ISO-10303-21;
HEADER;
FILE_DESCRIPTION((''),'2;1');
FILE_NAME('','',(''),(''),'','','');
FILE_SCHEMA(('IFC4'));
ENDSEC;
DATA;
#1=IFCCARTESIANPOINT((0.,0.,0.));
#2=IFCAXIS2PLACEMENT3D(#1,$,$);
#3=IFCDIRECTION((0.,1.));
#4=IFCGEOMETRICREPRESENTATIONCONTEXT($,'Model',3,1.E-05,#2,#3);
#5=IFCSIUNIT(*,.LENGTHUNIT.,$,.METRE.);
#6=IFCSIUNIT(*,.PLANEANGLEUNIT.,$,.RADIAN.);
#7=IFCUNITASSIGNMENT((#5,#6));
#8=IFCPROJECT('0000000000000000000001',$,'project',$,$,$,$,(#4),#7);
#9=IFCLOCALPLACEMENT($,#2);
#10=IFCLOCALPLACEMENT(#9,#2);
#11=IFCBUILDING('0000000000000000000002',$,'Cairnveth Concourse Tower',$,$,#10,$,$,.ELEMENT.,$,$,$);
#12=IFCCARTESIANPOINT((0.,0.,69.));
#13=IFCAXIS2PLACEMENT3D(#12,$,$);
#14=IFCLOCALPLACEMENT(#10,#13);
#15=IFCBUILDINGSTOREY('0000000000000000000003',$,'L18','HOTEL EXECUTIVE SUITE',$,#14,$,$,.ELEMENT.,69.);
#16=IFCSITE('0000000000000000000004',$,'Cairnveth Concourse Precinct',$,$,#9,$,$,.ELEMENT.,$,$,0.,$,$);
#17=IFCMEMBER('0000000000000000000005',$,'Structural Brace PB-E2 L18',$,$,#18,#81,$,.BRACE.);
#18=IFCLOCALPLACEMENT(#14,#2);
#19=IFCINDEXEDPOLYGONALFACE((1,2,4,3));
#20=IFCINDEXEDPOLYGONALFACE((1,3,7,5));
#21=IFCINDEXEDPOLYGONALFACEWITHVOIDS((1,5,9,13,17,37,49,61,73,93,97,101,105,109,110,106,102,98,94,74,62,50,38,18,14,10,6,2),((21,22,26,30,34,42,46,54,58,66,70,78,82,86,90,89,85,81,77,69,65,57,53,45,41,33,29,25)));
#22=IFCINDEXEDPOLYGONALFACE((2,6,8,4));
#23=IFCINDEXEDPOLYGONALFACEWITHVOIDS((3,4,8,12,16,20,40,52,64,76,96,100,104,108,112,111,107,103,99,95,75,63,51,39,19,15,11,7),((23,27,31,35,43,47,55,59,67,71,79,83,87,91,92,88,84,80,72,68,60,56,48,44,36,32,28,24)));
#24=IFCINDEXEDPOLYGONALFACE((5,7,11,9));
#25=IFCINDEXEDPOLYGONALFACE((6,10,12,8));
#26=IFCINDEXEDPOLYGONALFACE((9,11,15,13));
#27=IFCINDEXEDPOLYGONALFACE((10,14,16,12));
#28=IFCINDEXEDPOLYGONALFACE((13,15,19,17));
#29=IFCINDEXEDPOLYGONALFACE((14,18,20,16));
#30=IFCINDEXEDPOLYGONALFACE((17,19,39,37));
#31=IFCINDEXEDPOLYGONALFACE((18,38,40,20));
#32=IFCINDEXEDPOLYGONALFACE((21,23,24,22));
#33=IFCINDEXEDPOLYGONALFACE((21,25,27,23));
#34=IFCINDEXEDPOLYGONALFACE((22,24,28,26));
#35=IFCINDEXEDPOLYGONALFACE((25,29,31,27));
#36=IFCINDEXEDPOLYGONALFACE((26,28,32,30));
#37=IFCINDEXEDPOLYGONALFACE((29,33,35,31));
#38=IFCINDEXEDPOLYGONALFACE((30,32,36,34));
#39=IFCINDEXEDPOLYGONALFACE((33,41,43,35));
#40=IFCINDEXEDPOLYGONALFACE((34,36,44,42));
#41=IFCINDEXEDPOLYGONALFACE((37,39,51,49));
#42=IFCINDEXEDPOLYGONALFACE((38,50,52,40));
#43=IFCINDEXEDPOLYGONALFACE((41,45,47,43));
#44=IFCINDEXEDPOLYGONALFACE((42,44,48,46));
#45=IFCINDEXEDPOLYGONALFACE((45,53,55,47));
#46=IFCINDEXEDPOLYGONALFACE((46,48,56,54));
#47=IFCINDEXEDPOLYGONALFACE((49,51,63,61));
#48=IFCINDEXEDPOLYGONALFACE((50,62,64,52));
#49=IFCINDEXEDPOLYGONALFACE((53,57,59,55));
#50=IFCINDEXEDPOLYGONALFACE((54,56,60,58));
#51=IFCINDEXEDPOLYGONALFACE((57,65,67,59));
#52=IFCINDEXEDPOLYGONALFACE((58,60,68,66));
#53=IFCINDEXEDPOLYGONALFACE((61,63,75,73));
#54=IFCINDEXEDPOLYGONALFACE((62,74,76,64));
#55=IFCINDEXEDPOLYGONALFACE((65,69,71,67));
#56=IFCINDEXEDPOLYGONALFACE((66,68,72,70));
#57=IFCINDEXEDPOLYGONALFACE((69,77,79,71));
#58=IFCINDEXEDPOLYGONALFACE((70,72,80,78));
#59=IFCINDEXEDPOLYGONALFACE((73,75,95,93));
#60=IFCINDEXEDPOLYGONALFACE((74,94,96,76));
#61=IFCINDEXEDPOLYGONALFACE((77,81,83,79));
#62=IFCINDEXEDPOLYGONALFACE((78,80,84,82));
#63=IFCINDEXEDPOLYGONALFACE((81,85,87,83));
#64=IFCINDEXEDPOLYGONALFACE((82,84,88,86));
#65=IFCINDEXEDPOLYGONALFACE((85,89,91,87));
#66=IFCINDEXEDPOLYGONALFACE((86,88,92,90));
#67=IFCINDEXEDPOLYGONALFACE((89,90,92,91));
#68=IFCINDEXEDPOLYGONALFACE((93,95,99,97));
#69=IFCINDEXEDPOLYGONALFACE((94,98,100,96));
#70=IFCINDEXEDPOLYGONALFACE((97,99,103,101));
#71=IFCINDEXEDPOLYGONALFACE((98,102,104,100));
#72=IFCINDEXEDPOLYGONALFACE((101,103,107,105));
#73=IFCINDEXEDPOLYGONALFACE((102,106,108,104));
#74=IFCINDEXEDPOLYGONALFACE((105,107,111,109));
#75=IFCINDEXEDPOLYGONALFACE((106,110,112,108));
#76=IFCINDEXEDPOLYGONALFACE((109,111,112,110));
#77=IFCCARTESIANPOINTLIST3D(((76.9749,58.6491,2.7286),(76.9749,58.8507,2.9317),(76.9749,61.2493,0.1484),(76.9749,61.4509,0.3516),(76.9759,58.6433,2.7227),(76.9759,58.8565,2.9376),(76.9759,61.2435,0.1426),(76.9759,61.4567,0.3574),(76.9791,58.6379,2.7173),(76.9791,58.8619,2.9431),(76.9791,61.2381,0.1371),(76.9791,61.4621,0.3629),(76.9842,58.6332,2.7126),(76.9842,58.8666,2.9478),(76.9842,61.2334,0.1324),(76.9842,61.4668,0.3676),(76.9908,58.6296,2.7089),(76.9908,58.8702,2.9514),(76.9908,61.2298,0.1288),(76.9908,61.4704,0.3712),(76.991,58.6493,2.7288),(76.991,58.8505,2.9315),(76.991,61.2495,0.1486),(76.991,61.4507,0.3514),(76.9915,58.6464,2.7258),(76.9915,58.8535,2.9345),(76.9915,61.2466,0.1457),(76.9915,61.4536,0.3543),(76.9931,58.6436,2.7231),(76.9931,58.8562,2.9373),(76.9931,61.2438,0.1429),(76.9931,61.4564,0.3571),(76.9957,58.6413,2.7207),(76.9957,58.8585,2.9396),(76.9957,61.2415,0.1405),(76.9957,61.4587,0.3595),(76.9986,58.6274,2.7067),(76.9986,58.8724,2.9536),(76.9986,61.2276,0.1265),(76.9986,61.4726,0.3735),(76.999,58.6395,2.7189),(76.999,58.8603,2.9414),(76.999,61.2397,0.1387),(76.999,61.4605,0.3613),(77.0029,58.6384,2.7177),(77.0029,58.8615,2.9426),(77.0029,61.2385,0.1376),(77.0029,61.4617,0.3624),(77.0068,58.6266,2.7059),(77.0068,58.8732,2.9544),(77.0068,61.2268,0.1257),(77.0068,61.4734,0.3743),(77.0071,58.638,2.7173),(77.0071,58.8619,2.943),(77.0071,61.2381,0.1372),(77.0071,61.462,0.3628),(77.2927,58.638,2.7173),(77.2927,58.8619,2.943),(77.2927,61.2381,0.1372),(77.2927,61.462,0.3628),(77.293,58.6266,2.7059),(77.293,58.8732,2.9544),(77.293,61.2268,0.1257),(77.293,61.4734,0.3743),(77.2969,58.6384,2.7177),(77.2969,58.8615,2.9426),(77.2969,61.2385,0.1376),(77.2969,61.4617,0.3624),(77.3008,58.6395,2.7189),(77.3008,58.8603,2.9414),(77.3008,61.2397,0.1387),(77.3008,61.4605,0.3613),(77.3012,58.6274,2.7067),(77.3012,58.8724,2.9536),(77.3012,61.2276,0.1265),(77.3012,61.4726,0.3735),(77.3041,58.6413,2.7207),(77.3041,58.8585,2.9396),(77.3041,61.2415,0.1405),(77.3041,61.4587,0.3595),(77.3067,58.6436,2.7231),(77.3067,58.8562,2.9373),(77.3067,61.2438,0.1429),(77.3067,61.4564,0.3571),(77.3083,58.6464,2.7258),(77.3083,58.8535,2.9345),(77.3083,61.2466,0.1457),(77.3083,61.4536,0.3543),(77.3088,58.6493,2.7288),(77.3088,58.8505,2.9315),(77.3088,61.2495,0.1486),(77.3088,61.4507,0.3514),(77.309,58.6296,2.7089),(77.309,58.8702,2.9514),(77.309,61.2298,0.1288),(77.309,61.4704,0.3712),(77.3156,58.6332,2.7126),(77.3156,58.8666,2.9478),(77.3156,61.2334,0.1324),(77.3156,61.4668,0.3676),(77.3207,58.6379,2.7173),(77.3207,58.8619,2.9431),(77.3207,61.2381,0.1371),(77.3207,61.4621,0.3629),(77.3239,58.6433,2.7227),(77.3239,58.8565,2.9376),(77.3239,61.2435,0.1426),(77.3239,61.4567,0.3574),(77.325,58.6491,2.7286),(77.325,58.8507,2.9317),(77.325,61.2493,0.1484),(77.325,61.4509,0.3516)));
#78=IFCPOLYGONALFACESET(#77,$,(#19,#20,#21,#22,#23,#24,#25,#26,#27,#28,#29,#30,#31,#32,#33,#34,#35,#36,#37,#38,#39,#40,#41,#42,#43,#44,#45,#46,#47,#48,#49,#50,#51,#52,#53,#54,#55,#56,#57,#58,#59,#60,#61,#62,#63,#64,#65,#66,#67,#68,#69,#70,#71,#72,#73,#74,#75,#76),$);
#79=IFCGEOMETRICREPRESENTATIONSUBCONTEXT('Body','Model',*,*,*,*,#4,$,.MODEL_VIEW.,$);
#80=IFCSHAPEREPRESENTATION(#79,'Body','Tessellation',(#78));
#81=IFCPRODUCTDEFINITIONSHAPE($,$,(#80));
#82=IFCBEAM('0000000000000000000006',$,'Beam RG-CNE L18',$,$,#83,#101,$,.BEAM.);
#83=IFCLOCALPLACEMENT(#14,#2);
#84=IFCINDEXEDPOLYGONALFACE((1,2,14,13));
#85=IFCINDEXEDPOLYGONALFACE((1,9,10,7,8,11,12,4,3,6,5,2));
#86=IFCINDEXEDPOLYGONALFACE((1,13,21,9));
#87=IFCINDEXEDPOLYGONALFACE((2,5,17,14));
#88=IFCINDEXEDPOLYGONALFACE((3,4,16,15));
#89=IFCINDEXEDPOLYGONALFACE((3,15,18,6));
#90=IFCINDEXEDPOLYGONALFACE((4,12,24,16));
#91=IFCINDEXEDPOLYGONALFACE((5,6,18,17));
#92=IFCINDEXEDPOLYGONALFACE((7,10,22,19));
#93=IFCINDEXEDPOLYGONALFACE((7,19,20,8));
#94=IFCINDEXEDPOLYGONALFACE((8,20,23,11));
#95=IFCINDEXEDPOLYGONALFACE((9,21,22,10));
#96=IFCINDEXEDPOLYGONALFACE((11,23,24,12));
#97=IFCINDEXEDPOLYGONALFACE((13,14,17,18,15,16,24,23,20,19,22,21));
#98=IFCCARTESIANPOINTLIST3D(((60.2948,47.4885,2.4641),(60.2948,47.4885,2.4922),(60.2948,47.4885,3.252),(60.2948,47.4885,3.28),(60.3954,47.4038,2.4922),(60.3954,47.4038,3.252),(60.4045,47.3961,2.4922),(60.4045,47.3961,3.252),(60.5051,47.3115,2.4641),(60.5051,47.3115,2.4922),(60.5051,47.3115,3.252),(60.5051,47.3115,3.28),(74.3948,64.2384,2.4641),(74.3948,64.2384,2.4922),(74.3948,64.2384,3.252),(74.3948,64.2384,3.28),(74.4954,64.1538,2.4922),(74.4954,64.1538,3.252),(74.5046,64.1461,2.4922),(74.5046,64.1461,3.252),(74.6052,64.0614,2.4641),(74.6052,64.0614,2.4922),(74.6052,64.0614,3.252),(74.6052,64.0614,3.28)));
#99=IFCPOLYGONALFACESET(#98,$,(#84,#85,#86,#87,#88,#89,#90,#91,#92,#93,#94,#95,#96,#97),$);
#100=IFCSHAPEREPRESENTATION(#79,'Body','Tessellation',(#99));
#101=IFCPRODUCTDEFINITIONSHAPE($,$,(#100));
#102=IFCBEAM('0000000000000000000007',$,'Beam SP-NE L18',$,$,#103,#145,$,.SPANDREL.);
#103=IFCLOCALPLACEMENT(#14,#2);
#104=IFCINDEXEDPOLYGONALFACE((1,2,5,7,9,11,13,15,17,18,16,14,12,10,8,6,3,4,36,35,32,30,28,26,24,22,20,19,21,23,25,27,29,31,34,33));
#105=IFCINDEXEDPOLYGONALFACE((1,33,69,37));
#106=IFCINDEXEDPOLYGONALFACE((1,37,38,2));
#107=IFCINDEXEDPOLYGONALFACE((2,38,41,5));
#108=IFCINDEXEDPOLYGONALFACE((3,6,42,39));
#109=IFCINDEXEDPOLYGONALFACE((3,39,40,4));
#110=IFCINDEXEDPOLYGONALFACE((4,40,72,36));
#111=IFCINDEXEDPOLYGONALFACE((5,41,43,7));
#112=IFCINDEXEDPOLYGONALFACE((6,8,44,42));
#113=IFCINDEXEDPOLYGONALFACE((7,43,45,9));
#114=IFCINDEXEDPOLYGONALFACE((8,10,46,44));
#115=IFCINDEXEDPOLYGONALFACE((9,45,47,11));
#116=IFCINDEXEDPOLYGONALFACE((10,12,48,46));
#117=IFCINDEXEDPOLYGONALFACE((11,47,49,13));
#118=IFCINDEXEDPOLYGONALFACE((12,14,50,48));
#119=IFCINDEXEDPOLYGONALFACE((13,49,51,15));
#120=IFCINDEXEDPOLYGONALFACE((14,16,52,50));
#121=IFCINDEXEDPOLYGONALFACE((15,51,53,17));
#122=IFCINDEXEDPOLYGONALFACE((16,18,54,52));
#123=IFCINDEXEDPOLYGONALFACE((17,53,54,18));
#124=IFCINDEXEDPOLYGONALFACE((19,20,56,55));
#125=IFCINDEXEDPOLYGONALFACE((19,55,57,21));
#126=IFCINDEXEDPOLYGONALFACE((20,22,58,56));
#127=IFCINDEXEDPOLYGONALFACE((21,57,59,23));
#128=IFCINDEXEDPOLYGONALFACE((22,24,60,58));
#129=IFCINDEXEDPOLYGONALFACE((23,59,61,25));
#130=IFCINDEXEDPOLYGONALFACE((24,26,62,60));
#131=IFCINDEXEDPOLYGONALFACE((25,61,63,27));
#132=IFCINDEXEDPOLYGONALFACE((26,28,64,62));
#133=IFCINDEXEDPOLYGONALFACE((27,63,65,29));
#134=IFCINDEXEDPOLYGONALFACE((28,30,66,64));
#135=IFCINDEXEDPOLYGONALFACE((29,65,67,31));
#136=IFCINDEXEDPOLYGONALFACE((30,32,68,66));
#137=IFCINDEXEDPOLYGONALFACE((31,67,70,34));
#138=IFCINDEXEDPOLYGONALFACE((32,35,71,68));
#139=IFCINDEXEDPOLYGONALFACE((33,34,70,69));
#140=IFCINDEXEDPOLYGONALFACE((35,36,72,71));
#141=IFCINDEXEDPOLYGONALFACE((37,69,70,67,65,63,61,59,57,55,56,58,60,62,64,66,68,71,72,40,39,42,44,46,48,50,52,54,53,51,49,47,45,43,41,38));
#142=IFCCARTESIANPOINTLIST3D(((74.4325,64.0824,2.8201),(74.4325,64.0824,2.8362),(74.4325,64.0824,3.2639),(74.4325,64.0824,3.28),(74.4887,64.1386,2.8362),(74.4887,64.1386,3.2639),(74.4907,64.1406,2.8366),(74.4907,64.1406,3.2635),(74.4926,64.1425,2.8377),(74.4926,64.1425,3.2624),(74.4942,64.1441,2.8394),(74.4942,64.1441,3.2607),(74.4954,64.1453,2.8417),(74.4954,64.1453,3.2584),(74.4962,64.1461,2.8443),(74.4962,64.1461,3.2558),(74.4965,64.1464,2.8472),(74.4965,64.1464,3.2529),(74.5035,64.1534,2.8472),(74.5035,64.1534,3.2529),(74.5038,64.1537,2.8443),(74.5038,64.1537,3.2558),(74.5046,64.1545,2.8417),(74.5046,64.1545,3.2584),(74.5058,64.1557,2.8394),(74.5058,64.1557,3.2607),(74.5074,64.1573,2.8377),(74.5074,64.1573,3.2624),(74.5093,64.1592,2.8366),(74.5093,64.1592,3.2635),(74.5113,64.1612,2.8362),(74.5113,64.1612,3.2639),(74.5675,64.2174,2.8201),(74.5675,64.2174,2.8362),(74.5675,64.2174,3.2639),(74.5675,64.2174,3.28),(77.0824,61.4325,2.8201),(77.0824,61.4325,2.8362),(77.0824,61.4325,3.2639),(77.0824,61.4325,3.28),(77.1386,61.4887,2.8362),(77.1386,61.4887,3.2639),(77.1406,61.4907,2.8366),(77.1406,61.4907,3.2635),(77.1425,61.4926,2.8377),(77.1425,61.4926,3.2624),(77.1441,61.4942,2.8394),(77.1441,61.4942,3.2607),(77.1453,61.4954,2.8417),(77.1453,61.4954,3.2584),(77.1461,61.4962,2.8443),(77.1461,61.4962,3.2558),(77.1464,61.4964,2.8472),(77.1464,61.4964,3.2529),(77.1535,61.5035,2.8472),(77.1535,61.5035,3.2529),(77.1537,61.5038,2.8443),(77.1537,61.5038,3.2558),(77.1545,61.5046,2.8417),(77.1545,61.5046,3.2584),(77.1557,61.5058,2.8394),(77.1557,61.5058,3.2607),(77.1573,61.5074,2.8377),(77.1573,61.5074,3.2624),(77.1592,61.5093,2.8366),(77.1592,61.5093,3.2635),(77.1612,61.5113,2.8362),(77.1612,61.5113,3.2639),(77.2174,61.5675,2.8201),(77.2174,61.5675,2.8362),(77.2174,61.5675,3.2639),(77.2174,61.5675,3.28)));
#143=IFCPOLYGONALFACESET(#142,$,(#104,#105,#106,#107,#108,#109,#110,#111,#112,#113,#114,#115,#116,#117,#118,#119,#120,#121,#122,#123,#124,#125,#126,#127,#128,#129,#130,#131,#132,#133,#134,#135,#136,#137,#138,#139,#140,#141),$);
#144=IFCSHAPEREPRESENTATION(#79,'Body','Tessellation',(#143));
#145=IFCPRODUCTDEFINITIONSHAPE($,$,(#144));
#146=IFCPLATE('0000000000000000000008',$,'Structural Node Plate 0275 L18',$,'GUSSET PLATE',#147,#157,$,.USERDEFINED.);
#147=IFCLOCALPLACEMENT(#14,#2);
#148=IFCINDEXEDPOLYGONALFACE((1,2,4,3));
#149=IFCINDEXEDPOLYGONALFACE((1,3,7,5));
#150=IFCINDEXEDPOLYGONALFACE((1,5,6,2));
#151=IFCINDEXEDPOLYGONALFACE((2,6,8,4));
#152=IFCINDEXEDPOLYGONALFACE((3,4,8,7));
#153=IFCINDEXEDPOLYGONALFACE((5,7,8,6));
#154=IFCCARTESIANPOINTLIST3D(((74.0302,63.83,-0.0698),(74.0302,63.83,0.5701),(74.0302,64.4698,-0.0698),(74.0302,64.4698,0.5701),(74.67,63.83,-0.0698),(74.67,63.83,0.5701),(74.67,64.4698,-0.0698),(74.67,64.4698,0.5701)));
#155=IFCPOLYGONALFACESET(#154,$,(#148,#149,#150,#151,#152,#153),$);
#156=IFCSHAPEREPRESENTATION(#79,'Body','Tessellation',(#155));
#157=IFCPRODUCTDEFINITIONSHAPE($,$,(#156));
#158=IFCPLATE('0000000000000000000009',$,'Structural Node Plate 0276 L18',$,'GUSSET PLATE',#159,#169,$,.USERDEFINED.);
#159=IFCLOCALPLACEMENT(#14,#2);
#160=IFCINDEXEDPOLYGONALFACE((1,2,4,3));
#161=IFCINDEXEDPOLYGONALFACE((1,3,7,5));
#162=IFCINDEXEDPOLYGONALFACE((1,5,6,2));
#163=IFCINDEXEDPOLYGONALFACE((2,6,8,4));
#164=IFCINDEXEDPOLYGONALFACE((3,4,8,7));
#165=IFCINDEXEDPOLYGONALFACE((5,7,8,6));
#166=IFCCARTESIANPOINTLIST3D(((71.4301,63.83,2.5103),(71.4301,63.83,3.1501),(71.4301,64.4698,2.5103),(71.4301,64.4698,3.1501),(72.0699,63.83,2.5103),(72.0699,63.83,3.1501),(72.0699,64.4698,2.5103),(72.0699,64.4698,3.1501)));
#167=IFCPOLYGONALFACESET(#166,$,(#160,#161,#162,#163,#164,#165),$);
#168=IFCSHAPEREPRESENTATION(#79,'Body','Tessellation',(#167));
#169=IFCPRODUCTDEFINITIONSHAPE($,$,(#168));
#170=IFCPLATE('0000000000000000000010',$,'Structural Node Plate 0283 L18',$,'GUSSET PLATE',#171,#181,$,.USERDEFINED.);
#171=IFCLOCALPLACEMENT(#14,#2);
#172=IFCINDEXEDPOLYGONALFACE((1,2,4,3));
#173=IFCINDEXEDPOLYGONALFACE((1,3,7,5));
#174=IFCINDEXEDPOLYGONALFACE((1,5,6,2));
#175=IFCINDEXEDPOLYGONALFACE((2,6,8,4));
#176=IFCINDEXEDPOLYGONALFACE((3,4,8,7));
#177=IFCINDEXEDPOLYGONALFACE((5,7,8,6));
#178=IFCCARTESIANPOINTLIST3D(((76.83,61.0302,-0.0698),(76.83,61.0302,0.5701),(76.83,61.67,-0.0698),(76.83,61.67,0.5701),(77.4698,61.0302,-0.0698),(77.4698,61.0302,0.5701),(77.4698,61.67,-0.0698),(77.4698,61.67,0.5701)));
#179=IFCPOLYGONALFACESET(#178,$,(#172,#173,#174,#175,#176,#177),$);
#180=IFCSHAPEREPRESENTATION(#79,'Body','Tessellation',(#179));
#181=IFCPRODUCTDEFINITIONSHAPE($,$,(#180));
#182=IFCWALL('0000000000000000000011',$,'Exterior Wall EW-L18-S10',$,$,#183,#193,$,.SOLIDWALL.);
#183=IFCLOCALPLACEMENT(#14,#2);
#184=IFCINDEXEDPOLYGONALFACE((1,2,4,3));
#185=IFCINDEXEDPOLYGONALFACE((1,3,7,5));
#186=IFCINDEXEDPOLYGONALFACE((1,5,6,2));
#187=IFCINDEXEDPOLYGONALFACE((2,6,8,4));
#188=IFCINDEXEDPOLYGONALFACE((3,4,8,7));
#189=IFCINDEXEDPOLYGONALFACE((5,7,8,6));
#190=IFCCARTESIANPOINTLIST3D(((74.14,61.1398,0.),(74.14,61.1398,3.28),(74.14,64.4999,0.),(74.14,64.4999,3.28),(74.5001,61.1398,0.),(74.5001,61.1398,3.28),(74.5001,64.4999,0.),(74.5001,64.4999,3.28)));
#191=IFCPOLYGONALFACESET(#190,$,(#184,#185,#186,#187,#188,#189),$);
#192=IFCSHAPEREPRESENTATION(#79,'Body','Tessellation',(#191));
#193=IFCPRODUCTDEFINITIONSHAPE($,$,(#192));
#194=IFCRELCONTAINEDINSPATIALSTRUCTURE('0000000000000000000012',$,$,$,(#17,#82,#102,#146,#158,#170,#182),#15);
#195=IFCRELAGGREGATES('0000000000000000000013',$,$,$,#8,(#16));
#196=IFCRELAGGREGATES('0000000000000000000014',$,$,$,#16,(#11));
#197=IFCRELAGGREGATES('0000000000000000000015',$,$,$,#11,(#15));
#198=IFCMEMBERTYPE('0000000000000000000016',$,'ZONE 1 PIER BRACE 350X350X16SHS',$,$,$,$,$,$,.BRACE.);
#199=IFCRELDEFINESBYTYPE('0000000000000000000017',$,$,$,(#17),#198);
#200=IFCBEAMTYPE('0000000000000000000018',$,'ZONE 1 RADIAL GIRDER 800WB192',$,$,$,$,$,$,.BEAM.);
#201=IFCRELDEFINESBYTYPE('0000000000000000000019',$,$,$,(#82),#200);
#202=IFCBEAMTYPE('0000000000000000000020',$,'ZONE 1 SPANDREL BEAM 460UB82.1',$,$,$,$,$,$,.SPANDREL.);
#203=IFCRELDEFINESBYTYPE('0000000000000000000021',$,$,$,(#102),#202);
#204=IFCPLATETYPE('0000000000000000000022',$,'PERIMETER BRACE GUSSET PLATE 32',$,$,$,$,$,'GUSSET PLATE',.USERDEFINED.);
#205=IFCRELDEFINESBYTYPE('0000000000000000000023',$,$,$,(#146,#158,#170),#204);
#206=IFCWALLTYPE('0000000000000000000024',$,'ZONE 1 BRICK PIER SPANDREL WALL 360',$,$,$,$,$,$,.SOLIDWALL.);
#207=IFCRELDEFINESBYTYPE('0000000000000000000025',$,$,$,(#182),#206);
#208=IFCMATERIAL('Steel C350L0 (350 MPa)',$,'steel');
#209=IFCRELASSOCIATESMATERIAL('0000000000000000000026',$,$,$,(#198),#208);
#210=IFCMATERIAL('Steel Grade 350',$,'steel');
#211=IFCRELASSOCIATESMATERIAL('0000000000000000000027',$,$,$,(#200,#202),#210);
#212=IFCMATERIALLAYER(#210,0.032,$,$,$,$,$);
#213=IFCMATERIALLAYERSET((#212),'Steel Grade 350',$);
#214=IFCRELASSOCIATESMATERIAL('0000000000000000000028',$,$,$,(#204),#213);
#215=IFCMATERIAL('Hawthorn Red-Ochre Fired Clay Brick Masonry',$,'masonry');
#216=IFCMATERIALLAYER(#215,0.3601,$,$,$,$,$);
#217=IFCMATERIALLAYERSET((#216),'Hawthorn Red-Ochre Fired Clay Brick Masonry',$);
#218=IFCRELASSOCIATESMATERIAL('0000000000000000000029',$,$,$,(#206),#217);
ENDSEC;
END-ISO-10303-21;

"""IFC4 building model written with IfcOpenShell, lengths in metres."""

from ifc_helpers import new_model, si_unit, direction, frame, frame_2d, origin, origin_2d, place, context, subcontext, project, spatial, rectangle, hollow_rectangle, i_section, extrude, material, layer, layer_set, material_profile, profile_set, type_object, element, save


model = new_model("IFC4")

# Units and contexts
model_context = context("Model", 3, precision=1e-05, world=origin(), true_north=direction((0.0, 1.0)))
body_context = subcontext(model_context, "Body", "Model", "MODEL_VIEW")
ifc_project = project(units=[si_unit("LENGTHUNIT", "METRE"), si_unit("PLANEANGLEUNIT", "RADIAN")], contexts=[model_context])

# Site, building, storey
site_placement = place(None, origin())
site = spatial("IfcSite", under=ifc_project, at=site_placement, Name="Cairnveth Concourse Precinct", CompositionType="ELEMENT", RefElevation=0.0)
building_placement = place(site_placement, origin())
building = spatial("IfcBuilding", under=site, at=building_placement, Name="Cairnveth Concourse Tower", CompositionType="ELEMENT")
storey_placement = place(building_placement, frame((0.0, 0.0, 69.0)))
storey = spatial("IfcBuildingStorey", under=building, at=storey_placement, Name="L18", Description="HOTEL EXECUTIVE SUITE", CompositionType="ELEMENT", Elevation=69.0)

# Shared definitions
ifc_material_1 = material(Name="Steel Grade 350", Category="steel")

# Member
ifc_material_2 = material(Name="Steel C350L0 (350 MPa)", Category="steel")
ifc_material_profile_1 = material_profile(ifc_material_2, hollow_rectangle(XDim=0.3501, YDim=0.3501, WallThickness=0.0161, InnerFilletRadius=0.0161, OuterFilletRadius=0.032, at=origin_2d()), Name="350x350x16.0SHS")
ifc_profile_set_1 = profile_set([ifc_material_profile_1], Name="Steel C350L0 (350 MPa)")
member_type = type_object("IfcMemberType", Name="ZONE 1 PIER BRACE 350X350X16SHS", PredefinedType="BRACE", material=ifc_profile_set_1)
for number, where, z_axis, x_axis, name in (
    (1, (77.1499, 61.3501, 0.25), (0.0, -0.709834, 0.704369), (1.0, 0.0, 0.0), "Structural Brace PB-E2 L18"),
):
    element("IfcMember", number, at=place(storey_placement, frame(where, z_axis=z_axis, x_axis=x_axis)), inside=storey, type_object=member_type, Name=name, PredefinedType="BRACE", context=body_context, shape_type="SweptSolid", body=[
        extrude(hollow_rectangle(XDim=0.3501, YDim=0.3501, WallThickness=0.0161, InnerFilletRadius=0.0161, OuterFilletRadius=0.032, at=origin_2d()), origin(), (0.0, 0.0, 1.0), 3.6631),
    ])

# Beams
ifc_material_profile_2 = material_profile(ifc_material_1, i_section(OverallWidth=0.2749, OverallDepth=0.8159, WebThickness=0.012, FlangeThickness=0.0281, at=origin_2d()), Name="800WB192")
ifc_profile_set_2 = profile_set([ifc_material_profile_2], Name="Steel Grade 350")
beam_type_1 = type_object("IfcBeamType", Name="ZONE 1 RADIAL GIRDER 800WB192", PredefinedType="BEAM", material=ifc_profile_set_2)
beam_1_placement = place(storey_placement, frame((74.5, 64.1499, 2.8721), z_axis=(-0.643998, -0.765027, 0.0), x_axis=(0.765027, -0.643998, 0.0)))
element("IfcBeam", 2, at=beam_1_placement, inside=storey, type_object=beam_type_1, Name="Beam RG-CNE L18", PredefinedType="BEAM", context=body_context, shape_type="SweptSolid", body=[
    extrude(i_section(OverallWidth=0.2749, OverallDepth=0.8159, WebThickness=0.012, FlangeThickness=0.0281, at=origin_2d()), origin(), (0.0, 0.0, 1.0), 21.8945),
])
ifc_material_profile_3 = material_profile(ifc_material_1, i_section(OverallWidth=0.1909, OverallDepth=0.46, WebThickness=0.01, FlangeThickness=0.0161, FilletRadius=0.011, at=origin_2d()), Name="460UB82.1")
ifc_profile_set_3 = profile_set([ifc_material_profile_3], Name="Steel Grade 350")
beam_type_2 = type_object("IfcBeamType", Name="ZONE 1 SPANDREL BEAM 460UB82.1", PredefinedType="SPANDREL", material=ifc_profile_set_3)
beam_2_placement = place(storey_placement, frame((74.5, 64.1499, 3.05), z_axis=(0.707107, -0.707107, 0.0), x_axis=(0.707107, 0.707107, 0.0)))
element("IfcBeam", 3, at=beam_2_placement, inside=storey, type_object=beam_type_2, Name="Beam SP-NE L18", PredefinedType="SPANDREL", context=body_context, shape_type="SweptSolid", body=[
    extrude(i_section(OverallWidth=0.1909, OverallDepth=0.46, WebThickness=0.01, FlangeThickness=0.0161, FilletRadius=0.011, at=origin_2d()), origin(), (0.0, 0.0, 1.0), 3.7476),
])

# Plates
ifc_layer_1 = layer(ifc_material_1, 0.032)
ifc_layer_set_1 = layer_set([ifc_layer_1], Name="Steel Grade 350")
plate_type = type_object("IfcPlateType", Name="PERIMETER BRACE GUSSET PLATE 32", ElementType="GUSSET PLATE", PredefinedType="USERDEFINED", material=ifc_layer_set_1)
for number, where, z_axis, x_axis, name in (
    (4, (74.3501, 64.1499, -0.0698), (0.0, 0.0, 1.0), (1.0, 0.0, 0.0), "Structural Node Plate 0275 L18"),
    (5, (71.75, 64.1499, 2.5103), (0.0, 0.0, 1.0), (1.0, 0.0, 0.0), "Structural Node Plate 0276 L18"),
    (6, (77.1499, 61.3501, -0.0698), (0.0, 0.0, 1.0), (1.0, 0.0, 0.0), "Structural Node Plate 0283 L18"),
):
    element("IfcPlate", number, at=place(storey_placement, frame(where, z_axis=z_axis, x_axis=x_axis)), inside=storey, type_object=plate_type, Name=name, ObjectType="GUSSET PLATE", PredefinedType="USERDEFINED", context=body_context, shape_type="SweptSolid", body=[
        extrude(rectangle(XDim=0.6399, YDim=0.6399, at=origin_2d()), origin(), (0.0, 0.0, 1.0), 0.6399),
    ])

# Wall
ifc_material_3 = material(Name="Hawthorn Red-Ochre Fired Clay Brick Masonry", Category="masonry")
ifc_layer_2 = layer(ifc_material_3, 0.3601)
ifc_layer_set_2 = layer_set([ifc_layer_2], Name="Hawthorn Red-Ochre Fired Clay Brick Masonry")
wall_type = type_object("IfcWallType", Name="ZONE 1 BRICK PIER SPANDREL WALL 360", PredefinedType="SOLIDWALL", material=ifc_layer_set_2)
wall_1_placement = place(storey_placement, frame((74.3201, 64.5, 0.0), z_axis=(0.0, 0.0, 1.0), x_axis=(0.0, -1.0, 0.0)))
element("IfcWall", 7, at=wall_1_placement, inside=storey, type_object=wall_type, Name="Exterior Wall EW-L18-S10", PredefinedType="SOLIDWALL", context=body_context, shape_type="SweptSolid", body=[
    extrude(rectangle(XDim=3.3601, YDim=0.3601, at=frame_2d((1.6802, 0.0))), origin(), (0.0, 0.0, 1.0), 3.28),
])

save(model, "model.ifc")
